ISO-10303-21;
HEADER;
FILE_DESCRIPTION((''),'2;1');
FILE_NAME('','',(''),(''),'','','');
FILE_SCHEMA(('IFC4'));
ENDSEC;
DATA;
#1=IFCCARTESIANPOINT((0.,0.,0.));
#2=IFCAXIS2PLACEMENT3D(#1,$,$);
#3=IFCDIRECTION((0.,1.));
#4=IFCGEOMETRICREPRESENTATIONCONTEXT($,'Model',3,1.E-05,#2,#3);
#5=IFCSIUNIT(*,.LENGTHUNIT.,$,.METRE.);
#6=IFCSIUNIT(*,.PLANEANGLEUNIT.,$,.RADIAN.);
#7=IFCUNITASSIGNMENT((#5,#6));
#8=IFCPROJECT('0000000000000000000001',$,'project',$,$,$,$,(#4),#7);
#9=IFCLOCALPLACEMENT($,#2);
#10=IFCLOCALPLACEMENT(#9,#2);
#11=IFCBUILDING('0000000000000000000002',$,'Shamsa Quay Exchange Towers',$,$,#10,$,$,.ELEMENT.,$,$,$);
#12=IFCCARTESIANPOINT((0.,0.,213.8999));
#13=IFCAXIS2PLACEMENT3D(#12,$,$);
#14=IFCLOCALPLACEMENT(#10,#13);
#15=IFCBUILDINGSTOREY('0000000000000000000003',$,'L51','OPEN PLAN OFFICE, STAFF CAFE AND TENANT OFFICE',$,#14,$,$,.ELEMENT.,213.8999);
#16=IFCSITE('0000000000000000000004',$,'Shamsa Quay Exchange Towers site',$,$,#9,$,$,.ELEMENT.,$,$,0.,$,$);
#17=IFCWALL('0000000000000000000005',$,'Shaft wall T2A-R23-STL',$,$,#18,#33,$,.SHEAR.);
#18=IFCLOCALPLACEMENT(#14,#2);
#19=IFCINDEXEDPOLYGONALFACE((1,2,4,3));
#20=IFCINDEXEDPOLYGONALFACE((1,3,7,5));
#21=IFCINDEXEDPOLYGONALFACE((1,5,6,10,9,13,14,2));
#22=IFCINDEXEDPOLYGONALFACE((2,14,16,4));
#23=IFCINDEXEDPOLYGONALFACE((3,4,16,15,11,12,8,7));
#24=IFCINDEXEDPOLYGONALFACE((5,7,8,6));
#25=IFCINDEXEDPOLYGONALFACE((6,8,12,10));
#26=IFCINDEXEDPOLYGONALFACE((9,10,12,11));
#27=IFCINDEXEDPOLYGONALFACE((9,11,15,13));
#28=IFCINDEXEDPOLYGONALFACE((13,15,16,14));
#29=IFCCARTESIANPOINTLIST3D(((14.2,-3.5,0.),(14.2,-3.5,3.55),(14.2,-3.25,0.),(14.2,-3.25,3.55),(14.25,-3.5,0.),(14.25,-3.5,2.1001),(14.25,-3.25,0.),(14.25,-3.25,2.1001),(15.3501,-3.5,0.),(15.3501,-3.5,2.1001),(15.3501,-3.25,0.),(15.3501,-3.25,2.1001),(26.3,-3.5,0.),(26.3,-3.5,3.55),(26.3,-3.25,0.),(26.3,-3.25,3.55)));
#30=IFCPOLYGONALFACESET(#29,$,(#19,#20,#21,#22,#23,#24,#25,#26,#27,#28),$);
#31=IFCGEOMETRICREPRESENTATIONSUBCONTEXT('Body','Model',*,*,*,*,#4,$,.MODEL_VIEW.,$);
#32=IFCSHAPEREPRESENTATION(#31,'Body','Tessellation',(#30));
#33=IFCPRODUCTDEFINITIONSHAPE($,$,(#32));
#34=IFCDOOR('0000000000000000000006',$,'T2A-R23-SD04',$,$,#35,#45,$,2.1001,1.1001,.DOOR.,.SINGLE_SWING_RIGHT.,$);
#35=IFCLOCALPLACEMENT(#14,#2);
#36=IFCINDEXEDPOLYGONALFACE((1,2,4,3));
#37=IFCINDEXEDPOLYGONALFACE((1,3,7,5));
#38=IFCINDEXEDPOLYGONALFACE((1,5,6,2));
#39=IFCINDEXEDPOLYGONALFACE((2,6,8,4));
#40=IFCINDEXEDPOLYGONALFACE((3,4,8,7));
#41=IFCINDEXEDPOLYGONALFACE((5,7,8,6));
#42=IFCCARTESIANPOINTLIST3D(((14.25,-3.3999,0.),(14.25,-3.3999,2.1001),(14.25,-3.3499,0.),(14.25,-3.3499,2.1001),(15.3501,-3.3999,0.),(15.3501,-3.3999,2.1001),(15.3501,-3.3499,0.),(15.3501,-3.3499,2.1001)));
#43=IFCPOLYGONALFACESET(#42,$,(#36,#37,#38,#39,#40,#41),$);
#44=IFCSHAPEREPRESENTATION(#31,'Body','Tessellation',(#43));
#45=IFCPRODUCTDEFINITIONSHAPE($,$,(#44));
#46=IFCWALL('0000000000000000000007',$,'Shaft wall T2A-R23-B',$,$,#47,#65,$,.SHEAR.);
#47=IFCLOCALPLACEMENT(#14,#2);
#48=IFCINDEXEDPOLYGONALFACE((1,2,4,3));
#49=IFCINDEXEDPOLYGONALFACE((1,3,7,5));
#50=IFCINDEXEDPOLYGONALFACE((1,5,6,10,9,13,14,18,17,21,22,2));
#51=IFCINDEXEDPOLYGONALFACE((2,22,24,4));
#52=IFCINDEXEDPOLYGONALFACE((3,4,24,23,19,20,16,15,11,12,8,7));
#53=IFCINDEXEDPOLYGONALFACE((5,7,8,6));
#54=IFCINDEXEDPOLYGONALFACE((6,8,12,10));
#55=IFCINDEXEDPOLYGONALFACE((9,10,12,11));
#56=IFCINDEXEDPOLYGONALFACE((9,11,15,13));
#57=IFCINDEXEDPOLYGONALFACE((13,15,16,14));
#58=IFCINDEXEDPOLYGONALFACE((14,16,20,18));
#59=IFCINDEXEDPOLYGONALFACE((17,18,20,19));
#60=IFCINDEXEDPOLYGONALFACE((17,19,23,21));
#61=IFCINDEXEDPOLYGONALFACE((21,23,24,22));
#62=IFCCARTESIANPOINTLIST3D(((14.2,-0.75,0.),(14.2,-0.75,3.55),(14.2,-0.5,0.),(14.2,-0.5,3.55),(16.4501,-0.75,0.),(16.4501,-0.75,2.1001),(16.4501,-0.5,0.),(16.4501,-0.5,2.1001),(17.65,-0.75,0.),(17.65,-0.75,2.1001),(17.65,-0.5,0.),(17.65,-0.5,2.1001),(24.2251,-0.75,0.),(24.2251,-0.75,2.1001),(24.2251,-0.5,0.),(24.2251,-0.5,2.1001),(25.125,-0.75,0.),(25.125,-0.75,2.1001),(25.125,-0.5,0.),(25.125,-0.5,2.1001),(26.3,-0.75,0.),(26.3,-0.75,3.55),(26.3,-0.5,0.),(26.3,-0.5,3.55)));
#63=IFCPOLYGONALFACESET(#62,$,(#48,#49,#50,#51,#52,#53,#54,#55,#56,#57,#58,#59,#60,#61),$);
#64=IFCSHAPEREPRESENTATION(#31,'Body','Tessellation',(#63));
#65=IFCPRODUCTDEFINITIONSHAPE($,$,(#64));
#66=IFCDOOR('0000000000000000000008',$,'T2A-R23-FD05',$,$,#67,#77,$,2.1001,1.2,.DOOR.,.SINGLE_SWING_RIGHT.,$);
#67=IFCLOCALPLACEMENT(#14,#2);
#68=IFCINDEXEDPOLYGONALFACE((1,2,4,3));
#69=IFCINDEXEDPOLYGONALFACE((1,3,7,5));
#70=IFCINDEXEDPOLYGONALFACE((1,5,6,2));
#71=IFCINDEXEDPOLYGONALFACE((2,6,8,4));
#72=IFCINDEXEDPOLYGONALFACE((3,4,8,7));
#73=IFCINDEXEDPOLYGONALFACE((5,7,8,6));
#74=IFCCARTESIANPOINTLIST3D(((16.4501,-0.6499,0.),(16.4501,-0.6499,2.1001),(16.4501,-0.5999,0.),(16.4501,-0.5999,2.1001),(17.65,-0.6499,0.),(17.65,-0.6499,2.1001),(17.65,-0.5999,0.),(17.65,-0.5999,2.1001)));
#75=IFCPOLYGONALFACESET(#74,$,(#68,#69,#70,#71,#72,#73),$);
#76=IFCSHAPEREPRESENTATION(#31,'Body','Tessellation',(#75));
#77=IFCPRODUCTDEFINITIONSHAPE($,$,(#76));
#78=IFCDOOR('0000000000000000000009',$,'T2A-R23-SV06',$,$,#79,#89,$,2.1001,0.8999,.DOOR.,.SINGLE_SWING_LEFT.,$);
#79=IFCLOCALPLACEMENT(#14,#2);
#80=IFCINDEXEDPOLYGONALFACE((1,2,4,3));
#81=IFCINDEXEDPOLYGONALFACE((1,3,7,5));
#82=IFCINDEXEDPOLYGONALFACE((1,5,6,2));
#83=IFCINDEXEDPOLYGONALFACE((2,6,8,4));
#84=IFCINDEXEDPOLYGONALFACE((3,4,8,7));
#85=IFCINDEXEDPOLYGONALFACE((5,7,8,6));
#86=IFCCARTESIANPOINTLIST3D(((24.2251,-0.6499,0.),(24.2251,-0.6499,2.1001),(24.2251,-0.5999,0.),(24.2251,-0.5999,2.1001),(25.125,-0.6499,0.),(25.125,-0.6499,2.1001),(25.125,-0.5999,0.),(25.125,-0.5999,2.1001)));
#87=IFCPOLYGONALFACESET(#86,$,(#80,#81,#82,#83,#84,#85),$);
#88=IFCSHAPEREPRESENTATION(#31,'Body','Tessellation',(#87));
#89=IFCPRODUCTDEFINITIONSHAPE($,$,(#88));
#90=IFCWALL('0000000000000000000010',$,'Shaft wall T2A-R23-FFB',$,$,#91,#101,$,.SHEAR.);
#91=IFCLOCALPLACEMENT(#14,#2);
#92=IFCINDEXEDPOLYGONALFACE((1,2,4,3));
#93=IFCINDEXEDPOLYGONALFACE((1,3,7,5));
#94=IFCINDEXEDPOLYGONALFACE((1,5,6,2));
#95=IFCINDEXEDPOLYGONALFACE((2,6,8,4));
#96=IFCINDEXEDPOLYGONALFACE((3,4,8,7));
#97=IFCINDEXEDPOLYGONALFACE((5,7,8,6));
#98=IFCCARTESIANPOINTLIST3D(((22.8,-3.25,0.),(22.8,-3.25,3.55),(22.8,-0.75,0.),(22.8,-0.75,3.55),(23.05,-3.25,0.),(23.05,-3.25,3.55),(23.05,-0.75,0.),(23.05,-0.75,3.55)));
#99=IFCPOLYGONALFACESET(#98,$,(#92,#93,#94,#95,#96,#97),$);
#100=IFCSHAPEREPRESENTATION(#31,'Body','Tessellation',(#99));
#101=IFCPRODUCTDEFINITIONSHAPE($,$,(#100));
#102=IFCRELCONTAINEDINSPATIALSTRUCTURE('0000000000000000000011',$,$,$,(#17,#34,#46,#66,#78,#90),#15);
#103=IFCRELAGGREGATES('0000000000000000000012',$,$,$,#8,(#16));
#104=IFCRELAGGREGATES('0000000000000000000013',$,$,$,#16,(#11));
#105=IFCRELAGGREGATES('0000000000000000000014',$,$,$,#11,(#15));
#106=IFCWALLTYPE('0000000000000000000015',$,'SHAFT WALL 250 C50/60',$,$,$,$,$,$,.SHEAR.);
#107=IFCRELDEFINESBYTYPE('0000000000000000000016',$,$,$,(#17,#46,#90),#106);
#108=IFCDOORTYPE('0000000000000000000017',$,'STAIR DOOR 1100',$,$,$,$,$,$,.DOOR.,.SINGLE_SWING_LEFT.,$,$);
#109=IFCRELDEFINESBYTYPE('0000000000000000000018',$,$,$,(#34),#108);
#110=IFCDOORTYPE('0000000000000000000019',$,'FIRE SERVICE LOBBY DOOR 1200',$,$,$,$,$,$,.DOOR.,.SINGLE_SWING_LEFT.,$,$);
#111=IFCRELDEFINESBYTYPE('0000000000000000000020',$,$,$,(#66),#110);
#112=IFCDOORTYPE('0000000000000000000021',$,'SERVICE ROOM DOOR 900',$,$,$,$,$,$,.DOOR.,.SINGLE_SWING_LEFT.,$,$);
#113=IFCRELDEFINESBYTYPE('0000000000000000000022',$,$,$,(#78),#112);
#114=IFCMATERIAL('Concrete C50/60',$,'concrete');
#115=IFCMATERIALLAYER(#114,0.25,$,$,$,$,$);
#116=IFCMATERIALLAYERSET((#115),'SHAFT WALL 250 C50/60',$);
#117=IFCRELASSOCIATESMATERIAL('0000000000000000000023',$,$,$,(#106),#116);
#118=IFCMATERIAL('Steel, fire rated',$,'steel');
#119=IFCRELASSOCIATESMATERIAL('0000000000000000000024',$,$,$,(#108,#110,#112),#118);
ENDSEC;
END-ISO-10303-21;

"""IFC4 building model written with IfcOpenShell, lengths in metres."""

from ifc_helpers import new_model, si_unit, direction, frame, frame_2d, origin, place, context, subcontext, project, spatial, rectangle, extrude, material, layer, layer_set, type_object, element, fill, save


model = new_model("IFC4")

# Units and contexts
model_context = context("Model", 3, precision=1e-05, world=origin(), true_north=direction((0.0, 1.0)))
body_context = subcontext(model_context, "Body", "Model", "MODEL_VIEW")
ifc_project = project(units=[si_unit("LENGTHUNIT", "METRE"), si_unit("PLANEANGLEUNIT", "RADIAN")], contexts=[model_context])

# Site, building, storey
site_placement = place(None, origin())
site = spatial("IfcSite", under=ifc_project, at=site_placement, Name="Shamsa Quay Exchange Towers site", CompositionType="ELEMENT", RefElevation=0.0)
building_placement = place(site_placement, origin())
building = spatial("IfcBuilding", under=site, at=building_placement, Name="Shamsa Quay Exchange Towers", CompositionType="ELEMENT")
storey_placement = place(building_placement, frame((0.0, 0.0, 213.8999)))
storey = spatial("IfcBuildingStorey", under=building, at=storey_placement, Name="L51", Description="OPEN PLAN OFFICE, STAFF CAFE AND TENANT OFFICE", CompositionType="ELEMENT", Elevation=213.8999)

# Wall, opening, door
ifc_material_1 = material(Name="Concrete C50/60", Category="concrete")
ifc_layer_1 = layer(ifc_material_1, 0.25)
ifc_layer_set_1 = layer_set([ifc_layer_1], Name="SHAFT WALL 250 C50/60")
wall_type_1 = type_object("IfcWallType", Name="SHAFT WALL 250 C50/60", PredefinedType="SHEAR", material=ifc_layer_set_1)
wall_1_placement = place(storey_placement, frame((26.3, -3.375, 0.0), z_axis=(0.0, 0.0, 1.0), x_axis=(-1.0, 0.0, 0.0)))
wall_1 = element("IfcWall", 1, at=wall_1_placement, inside=storey, type_object=wall_type_1, Name="Shaft wall T2A-R23-STL", PredefinedType="SHEAR", context=body_context, shape_type="SweptSolid", body=[
    extrude(rectangle(XDim=12.1001, YDim=0.25, at=frame_2d((6.05, 0.0))), origin(), (0.0, 0.0, 1.0), 3.55),
])
opening_1_placement = place(wall_1_placement, frame((10.95, 0.0, 0.0)))
opening_1 = element("IfcOpeningElement", 2, at=opening_1_placement, cuts=wall_1, PredefinedType="OPENING", context=body_context, shape_type="SweptSolid", body=[
    extrude(rectangle(XDim=1.1001, YDim=2.1001, at=frame_2d((0.55, 1.05))), frame((0.0, 0.135, 0.0), z_axis=(0.0, -1.0, 0.0), x_axis=(1.0, 0.0, 0.0)), (0.0, 0.0, 1.0), 0.27),
])
ifc_material_2 = material(Name="Steel, fire rated", Category="steel")
door_type_1 = type_object("IfcDoorType", Name="STAIR DOOR 1100", OperationType="SINGLE_SWING_LEFT", PredefinedType="DOOR", material=ifc_material_2)
door_1_placement = place(opening_1_placement, origin())
door_1 = element("IfcDoor", 3, at=door_1_placement, inside=storey, type_object=door_type_1, Name="T2A-R23-SD04", OperationType="SINGLE_SWING_RIGHT", OverallHeight=2.1001, OverallWidth=1.1001, PredefinedType="DOOR", context=body_context, shape_type="SweptSolid", body=[
    extrude(rectangle(XDim=1.1001, YDim=2.1001, at=frame_2d((0.55, 1.05))), frame((0.0, 0.0249, 0.0), z_axis=(0.0, -1.0, 0.0), x_axis=(1.0, 0.0, 0.0)), (0.0, 0.0, 1.0), 0.05),
])
fill(opening_1, door_1)

# Wall, openings, doors
wall_2_placement = place(storey_placement, frame((26.3, -0.625, 0.0), z_axis=(0.0, 0.0, 1.0), x_axis=(-1.0, 0.0, 0.0)))
wall_2 = element("IfcWall", 4, at=wall_2_placement, inside=storey, type_object=wall_type_1, Name="Shaft wall T2A-R23-B", PredefinedType="SHEAR", context=body_context, shape_type="SweptSolid", body=[
    extrude(rectangle(XDim=12.1001, YDim=0.25, at=frame_2d((6.05, 0.0))), origin(), (0.0, 0.0, 1.0), 3.55),
])
opening_2_placement = place(wall_2_placement, frame((8.6499, 0.0, 0.0)))
opening_2 = element("IfcOpeningElement", 5, at=opening_2_placement, cuts=wall_2, PredefinedType="OPENING", context=body_context, shape_type="SweptSolid", body=[
    extrude(rectangle(XDim=1.2, YDim=2.1001, at=frame_2d((0.6001, 1.05))), frame((0.0, 0.135, 0.0), z_axis=(0.0, -1.0, 0.0), x_axis=(1.0, 0.0, 0.0)), (0.0, 0.0, 1.0), 0.27),
])
opening_3_placement = place(wall_2_placement, frame((1.175, 0.0, 0.0)))
opening_3 = element("IfcOpeningElement", 6, at=opening_3_placement, cuts=wall_2, PredefinedType="OPENING", context=body_context, shape_type="SweptSolid", body=[
    extrude(rectangle(XDim=0.8999, YDim=2.1001, at=frame_2d((0.45, 1.05))), frame((0.0, 0.135, 0.0), z_axis=(0.0, -1.0, 0.0), x_axis=(1.0, 0.0, 0.0)), (0.0, 0.0, 1.0), 0.27),
])
door_type_2 = type_object("IfcDoorType", Name="FIRE SERVICE LOBBY DOOR 1200", OperationType="SINGLE_SWING_LEFT", PredefinedType="DOOR", material=ifc_material_2)
door_2_placement = place(opening_2_placement, origin())
door_2 = element("IfcDoor", 7, at=door_2_placement, inside=storey, type_object=door_type_2, Name="T2A-R23-FD05", OperationType="SINGLE_SWING_RIGHT", OverallHeight=2.1001, OverallWidth=1.2, PredefinedType="DOOR", context=body_context, shape_type="SweptSolid", body=[
    extrude(rectangle(XDim=1.2, YDim=2.1001, at=frame_2d((0.6001, 1.05))), frame((0.0, 0.0249, 0.0), z_axis=(0.0, -1.0, 0.0), x_axis=(1.0, 0.0, 0.0)), (0.0, 0.0, 1.0), 0.05),
])
fill(opening_2, door_2)
door_type_3 = type_object("IfcDoorType", Name="SERVICE ROOM DOOR 900", OperationType="SINGLE_SWING_LEFT", PredefinedType="DOOR", material=ifc_material_2)
door_3_placement = place(opening_3_placement, origin())
door_3 = element("IfcDoor", 8, at=door_3_placement, inside=storey, type_object=door_type_3, Name="T2A-R23-SV06", OperationType="SINGLE_SWING_LEFT", OverallHeight=2.1001, OverallWidth=0.8999, PredefinedType="DOOR", context=body_context, shape_type="SweptSolid", body=[
    extrude(rectangle(XDim=0.8999, YDim=2.1001, at=frame_2d((0.45, 1.05))), frame((0.0, 0.0249, 0.0), z_axis=(0.0, -1.0, 0.0), x_axis=(1.0, 0.0, 0.0)), (0.0, 0.0, 1.0), 0.05),
])
fill(opening_3, door_3)

# Wall
wall_3_placement = place(storey_placement, frame((22.925, -3.25, 0.0), z_axis=(0.0, 0.0, 1.0), x_axis=(0.0, 1.0, 0.0)))
element("IfcWall", 9, at=wall_3_placement, inside=storey, type_object=wall_type_1, Name="Shaft wall T2A-R23-FFB", PredefinedType="SHEAR", context=body_context, shape_type="SweptSolid", body=[
    extrude(rectangle(XDim=2.5, YDim=0.25, at=frame_2d((1.25, 0.0))), origin(), (0.0, 0.0, 1.0), 3.55),
])

save(model, "model.ifc")
